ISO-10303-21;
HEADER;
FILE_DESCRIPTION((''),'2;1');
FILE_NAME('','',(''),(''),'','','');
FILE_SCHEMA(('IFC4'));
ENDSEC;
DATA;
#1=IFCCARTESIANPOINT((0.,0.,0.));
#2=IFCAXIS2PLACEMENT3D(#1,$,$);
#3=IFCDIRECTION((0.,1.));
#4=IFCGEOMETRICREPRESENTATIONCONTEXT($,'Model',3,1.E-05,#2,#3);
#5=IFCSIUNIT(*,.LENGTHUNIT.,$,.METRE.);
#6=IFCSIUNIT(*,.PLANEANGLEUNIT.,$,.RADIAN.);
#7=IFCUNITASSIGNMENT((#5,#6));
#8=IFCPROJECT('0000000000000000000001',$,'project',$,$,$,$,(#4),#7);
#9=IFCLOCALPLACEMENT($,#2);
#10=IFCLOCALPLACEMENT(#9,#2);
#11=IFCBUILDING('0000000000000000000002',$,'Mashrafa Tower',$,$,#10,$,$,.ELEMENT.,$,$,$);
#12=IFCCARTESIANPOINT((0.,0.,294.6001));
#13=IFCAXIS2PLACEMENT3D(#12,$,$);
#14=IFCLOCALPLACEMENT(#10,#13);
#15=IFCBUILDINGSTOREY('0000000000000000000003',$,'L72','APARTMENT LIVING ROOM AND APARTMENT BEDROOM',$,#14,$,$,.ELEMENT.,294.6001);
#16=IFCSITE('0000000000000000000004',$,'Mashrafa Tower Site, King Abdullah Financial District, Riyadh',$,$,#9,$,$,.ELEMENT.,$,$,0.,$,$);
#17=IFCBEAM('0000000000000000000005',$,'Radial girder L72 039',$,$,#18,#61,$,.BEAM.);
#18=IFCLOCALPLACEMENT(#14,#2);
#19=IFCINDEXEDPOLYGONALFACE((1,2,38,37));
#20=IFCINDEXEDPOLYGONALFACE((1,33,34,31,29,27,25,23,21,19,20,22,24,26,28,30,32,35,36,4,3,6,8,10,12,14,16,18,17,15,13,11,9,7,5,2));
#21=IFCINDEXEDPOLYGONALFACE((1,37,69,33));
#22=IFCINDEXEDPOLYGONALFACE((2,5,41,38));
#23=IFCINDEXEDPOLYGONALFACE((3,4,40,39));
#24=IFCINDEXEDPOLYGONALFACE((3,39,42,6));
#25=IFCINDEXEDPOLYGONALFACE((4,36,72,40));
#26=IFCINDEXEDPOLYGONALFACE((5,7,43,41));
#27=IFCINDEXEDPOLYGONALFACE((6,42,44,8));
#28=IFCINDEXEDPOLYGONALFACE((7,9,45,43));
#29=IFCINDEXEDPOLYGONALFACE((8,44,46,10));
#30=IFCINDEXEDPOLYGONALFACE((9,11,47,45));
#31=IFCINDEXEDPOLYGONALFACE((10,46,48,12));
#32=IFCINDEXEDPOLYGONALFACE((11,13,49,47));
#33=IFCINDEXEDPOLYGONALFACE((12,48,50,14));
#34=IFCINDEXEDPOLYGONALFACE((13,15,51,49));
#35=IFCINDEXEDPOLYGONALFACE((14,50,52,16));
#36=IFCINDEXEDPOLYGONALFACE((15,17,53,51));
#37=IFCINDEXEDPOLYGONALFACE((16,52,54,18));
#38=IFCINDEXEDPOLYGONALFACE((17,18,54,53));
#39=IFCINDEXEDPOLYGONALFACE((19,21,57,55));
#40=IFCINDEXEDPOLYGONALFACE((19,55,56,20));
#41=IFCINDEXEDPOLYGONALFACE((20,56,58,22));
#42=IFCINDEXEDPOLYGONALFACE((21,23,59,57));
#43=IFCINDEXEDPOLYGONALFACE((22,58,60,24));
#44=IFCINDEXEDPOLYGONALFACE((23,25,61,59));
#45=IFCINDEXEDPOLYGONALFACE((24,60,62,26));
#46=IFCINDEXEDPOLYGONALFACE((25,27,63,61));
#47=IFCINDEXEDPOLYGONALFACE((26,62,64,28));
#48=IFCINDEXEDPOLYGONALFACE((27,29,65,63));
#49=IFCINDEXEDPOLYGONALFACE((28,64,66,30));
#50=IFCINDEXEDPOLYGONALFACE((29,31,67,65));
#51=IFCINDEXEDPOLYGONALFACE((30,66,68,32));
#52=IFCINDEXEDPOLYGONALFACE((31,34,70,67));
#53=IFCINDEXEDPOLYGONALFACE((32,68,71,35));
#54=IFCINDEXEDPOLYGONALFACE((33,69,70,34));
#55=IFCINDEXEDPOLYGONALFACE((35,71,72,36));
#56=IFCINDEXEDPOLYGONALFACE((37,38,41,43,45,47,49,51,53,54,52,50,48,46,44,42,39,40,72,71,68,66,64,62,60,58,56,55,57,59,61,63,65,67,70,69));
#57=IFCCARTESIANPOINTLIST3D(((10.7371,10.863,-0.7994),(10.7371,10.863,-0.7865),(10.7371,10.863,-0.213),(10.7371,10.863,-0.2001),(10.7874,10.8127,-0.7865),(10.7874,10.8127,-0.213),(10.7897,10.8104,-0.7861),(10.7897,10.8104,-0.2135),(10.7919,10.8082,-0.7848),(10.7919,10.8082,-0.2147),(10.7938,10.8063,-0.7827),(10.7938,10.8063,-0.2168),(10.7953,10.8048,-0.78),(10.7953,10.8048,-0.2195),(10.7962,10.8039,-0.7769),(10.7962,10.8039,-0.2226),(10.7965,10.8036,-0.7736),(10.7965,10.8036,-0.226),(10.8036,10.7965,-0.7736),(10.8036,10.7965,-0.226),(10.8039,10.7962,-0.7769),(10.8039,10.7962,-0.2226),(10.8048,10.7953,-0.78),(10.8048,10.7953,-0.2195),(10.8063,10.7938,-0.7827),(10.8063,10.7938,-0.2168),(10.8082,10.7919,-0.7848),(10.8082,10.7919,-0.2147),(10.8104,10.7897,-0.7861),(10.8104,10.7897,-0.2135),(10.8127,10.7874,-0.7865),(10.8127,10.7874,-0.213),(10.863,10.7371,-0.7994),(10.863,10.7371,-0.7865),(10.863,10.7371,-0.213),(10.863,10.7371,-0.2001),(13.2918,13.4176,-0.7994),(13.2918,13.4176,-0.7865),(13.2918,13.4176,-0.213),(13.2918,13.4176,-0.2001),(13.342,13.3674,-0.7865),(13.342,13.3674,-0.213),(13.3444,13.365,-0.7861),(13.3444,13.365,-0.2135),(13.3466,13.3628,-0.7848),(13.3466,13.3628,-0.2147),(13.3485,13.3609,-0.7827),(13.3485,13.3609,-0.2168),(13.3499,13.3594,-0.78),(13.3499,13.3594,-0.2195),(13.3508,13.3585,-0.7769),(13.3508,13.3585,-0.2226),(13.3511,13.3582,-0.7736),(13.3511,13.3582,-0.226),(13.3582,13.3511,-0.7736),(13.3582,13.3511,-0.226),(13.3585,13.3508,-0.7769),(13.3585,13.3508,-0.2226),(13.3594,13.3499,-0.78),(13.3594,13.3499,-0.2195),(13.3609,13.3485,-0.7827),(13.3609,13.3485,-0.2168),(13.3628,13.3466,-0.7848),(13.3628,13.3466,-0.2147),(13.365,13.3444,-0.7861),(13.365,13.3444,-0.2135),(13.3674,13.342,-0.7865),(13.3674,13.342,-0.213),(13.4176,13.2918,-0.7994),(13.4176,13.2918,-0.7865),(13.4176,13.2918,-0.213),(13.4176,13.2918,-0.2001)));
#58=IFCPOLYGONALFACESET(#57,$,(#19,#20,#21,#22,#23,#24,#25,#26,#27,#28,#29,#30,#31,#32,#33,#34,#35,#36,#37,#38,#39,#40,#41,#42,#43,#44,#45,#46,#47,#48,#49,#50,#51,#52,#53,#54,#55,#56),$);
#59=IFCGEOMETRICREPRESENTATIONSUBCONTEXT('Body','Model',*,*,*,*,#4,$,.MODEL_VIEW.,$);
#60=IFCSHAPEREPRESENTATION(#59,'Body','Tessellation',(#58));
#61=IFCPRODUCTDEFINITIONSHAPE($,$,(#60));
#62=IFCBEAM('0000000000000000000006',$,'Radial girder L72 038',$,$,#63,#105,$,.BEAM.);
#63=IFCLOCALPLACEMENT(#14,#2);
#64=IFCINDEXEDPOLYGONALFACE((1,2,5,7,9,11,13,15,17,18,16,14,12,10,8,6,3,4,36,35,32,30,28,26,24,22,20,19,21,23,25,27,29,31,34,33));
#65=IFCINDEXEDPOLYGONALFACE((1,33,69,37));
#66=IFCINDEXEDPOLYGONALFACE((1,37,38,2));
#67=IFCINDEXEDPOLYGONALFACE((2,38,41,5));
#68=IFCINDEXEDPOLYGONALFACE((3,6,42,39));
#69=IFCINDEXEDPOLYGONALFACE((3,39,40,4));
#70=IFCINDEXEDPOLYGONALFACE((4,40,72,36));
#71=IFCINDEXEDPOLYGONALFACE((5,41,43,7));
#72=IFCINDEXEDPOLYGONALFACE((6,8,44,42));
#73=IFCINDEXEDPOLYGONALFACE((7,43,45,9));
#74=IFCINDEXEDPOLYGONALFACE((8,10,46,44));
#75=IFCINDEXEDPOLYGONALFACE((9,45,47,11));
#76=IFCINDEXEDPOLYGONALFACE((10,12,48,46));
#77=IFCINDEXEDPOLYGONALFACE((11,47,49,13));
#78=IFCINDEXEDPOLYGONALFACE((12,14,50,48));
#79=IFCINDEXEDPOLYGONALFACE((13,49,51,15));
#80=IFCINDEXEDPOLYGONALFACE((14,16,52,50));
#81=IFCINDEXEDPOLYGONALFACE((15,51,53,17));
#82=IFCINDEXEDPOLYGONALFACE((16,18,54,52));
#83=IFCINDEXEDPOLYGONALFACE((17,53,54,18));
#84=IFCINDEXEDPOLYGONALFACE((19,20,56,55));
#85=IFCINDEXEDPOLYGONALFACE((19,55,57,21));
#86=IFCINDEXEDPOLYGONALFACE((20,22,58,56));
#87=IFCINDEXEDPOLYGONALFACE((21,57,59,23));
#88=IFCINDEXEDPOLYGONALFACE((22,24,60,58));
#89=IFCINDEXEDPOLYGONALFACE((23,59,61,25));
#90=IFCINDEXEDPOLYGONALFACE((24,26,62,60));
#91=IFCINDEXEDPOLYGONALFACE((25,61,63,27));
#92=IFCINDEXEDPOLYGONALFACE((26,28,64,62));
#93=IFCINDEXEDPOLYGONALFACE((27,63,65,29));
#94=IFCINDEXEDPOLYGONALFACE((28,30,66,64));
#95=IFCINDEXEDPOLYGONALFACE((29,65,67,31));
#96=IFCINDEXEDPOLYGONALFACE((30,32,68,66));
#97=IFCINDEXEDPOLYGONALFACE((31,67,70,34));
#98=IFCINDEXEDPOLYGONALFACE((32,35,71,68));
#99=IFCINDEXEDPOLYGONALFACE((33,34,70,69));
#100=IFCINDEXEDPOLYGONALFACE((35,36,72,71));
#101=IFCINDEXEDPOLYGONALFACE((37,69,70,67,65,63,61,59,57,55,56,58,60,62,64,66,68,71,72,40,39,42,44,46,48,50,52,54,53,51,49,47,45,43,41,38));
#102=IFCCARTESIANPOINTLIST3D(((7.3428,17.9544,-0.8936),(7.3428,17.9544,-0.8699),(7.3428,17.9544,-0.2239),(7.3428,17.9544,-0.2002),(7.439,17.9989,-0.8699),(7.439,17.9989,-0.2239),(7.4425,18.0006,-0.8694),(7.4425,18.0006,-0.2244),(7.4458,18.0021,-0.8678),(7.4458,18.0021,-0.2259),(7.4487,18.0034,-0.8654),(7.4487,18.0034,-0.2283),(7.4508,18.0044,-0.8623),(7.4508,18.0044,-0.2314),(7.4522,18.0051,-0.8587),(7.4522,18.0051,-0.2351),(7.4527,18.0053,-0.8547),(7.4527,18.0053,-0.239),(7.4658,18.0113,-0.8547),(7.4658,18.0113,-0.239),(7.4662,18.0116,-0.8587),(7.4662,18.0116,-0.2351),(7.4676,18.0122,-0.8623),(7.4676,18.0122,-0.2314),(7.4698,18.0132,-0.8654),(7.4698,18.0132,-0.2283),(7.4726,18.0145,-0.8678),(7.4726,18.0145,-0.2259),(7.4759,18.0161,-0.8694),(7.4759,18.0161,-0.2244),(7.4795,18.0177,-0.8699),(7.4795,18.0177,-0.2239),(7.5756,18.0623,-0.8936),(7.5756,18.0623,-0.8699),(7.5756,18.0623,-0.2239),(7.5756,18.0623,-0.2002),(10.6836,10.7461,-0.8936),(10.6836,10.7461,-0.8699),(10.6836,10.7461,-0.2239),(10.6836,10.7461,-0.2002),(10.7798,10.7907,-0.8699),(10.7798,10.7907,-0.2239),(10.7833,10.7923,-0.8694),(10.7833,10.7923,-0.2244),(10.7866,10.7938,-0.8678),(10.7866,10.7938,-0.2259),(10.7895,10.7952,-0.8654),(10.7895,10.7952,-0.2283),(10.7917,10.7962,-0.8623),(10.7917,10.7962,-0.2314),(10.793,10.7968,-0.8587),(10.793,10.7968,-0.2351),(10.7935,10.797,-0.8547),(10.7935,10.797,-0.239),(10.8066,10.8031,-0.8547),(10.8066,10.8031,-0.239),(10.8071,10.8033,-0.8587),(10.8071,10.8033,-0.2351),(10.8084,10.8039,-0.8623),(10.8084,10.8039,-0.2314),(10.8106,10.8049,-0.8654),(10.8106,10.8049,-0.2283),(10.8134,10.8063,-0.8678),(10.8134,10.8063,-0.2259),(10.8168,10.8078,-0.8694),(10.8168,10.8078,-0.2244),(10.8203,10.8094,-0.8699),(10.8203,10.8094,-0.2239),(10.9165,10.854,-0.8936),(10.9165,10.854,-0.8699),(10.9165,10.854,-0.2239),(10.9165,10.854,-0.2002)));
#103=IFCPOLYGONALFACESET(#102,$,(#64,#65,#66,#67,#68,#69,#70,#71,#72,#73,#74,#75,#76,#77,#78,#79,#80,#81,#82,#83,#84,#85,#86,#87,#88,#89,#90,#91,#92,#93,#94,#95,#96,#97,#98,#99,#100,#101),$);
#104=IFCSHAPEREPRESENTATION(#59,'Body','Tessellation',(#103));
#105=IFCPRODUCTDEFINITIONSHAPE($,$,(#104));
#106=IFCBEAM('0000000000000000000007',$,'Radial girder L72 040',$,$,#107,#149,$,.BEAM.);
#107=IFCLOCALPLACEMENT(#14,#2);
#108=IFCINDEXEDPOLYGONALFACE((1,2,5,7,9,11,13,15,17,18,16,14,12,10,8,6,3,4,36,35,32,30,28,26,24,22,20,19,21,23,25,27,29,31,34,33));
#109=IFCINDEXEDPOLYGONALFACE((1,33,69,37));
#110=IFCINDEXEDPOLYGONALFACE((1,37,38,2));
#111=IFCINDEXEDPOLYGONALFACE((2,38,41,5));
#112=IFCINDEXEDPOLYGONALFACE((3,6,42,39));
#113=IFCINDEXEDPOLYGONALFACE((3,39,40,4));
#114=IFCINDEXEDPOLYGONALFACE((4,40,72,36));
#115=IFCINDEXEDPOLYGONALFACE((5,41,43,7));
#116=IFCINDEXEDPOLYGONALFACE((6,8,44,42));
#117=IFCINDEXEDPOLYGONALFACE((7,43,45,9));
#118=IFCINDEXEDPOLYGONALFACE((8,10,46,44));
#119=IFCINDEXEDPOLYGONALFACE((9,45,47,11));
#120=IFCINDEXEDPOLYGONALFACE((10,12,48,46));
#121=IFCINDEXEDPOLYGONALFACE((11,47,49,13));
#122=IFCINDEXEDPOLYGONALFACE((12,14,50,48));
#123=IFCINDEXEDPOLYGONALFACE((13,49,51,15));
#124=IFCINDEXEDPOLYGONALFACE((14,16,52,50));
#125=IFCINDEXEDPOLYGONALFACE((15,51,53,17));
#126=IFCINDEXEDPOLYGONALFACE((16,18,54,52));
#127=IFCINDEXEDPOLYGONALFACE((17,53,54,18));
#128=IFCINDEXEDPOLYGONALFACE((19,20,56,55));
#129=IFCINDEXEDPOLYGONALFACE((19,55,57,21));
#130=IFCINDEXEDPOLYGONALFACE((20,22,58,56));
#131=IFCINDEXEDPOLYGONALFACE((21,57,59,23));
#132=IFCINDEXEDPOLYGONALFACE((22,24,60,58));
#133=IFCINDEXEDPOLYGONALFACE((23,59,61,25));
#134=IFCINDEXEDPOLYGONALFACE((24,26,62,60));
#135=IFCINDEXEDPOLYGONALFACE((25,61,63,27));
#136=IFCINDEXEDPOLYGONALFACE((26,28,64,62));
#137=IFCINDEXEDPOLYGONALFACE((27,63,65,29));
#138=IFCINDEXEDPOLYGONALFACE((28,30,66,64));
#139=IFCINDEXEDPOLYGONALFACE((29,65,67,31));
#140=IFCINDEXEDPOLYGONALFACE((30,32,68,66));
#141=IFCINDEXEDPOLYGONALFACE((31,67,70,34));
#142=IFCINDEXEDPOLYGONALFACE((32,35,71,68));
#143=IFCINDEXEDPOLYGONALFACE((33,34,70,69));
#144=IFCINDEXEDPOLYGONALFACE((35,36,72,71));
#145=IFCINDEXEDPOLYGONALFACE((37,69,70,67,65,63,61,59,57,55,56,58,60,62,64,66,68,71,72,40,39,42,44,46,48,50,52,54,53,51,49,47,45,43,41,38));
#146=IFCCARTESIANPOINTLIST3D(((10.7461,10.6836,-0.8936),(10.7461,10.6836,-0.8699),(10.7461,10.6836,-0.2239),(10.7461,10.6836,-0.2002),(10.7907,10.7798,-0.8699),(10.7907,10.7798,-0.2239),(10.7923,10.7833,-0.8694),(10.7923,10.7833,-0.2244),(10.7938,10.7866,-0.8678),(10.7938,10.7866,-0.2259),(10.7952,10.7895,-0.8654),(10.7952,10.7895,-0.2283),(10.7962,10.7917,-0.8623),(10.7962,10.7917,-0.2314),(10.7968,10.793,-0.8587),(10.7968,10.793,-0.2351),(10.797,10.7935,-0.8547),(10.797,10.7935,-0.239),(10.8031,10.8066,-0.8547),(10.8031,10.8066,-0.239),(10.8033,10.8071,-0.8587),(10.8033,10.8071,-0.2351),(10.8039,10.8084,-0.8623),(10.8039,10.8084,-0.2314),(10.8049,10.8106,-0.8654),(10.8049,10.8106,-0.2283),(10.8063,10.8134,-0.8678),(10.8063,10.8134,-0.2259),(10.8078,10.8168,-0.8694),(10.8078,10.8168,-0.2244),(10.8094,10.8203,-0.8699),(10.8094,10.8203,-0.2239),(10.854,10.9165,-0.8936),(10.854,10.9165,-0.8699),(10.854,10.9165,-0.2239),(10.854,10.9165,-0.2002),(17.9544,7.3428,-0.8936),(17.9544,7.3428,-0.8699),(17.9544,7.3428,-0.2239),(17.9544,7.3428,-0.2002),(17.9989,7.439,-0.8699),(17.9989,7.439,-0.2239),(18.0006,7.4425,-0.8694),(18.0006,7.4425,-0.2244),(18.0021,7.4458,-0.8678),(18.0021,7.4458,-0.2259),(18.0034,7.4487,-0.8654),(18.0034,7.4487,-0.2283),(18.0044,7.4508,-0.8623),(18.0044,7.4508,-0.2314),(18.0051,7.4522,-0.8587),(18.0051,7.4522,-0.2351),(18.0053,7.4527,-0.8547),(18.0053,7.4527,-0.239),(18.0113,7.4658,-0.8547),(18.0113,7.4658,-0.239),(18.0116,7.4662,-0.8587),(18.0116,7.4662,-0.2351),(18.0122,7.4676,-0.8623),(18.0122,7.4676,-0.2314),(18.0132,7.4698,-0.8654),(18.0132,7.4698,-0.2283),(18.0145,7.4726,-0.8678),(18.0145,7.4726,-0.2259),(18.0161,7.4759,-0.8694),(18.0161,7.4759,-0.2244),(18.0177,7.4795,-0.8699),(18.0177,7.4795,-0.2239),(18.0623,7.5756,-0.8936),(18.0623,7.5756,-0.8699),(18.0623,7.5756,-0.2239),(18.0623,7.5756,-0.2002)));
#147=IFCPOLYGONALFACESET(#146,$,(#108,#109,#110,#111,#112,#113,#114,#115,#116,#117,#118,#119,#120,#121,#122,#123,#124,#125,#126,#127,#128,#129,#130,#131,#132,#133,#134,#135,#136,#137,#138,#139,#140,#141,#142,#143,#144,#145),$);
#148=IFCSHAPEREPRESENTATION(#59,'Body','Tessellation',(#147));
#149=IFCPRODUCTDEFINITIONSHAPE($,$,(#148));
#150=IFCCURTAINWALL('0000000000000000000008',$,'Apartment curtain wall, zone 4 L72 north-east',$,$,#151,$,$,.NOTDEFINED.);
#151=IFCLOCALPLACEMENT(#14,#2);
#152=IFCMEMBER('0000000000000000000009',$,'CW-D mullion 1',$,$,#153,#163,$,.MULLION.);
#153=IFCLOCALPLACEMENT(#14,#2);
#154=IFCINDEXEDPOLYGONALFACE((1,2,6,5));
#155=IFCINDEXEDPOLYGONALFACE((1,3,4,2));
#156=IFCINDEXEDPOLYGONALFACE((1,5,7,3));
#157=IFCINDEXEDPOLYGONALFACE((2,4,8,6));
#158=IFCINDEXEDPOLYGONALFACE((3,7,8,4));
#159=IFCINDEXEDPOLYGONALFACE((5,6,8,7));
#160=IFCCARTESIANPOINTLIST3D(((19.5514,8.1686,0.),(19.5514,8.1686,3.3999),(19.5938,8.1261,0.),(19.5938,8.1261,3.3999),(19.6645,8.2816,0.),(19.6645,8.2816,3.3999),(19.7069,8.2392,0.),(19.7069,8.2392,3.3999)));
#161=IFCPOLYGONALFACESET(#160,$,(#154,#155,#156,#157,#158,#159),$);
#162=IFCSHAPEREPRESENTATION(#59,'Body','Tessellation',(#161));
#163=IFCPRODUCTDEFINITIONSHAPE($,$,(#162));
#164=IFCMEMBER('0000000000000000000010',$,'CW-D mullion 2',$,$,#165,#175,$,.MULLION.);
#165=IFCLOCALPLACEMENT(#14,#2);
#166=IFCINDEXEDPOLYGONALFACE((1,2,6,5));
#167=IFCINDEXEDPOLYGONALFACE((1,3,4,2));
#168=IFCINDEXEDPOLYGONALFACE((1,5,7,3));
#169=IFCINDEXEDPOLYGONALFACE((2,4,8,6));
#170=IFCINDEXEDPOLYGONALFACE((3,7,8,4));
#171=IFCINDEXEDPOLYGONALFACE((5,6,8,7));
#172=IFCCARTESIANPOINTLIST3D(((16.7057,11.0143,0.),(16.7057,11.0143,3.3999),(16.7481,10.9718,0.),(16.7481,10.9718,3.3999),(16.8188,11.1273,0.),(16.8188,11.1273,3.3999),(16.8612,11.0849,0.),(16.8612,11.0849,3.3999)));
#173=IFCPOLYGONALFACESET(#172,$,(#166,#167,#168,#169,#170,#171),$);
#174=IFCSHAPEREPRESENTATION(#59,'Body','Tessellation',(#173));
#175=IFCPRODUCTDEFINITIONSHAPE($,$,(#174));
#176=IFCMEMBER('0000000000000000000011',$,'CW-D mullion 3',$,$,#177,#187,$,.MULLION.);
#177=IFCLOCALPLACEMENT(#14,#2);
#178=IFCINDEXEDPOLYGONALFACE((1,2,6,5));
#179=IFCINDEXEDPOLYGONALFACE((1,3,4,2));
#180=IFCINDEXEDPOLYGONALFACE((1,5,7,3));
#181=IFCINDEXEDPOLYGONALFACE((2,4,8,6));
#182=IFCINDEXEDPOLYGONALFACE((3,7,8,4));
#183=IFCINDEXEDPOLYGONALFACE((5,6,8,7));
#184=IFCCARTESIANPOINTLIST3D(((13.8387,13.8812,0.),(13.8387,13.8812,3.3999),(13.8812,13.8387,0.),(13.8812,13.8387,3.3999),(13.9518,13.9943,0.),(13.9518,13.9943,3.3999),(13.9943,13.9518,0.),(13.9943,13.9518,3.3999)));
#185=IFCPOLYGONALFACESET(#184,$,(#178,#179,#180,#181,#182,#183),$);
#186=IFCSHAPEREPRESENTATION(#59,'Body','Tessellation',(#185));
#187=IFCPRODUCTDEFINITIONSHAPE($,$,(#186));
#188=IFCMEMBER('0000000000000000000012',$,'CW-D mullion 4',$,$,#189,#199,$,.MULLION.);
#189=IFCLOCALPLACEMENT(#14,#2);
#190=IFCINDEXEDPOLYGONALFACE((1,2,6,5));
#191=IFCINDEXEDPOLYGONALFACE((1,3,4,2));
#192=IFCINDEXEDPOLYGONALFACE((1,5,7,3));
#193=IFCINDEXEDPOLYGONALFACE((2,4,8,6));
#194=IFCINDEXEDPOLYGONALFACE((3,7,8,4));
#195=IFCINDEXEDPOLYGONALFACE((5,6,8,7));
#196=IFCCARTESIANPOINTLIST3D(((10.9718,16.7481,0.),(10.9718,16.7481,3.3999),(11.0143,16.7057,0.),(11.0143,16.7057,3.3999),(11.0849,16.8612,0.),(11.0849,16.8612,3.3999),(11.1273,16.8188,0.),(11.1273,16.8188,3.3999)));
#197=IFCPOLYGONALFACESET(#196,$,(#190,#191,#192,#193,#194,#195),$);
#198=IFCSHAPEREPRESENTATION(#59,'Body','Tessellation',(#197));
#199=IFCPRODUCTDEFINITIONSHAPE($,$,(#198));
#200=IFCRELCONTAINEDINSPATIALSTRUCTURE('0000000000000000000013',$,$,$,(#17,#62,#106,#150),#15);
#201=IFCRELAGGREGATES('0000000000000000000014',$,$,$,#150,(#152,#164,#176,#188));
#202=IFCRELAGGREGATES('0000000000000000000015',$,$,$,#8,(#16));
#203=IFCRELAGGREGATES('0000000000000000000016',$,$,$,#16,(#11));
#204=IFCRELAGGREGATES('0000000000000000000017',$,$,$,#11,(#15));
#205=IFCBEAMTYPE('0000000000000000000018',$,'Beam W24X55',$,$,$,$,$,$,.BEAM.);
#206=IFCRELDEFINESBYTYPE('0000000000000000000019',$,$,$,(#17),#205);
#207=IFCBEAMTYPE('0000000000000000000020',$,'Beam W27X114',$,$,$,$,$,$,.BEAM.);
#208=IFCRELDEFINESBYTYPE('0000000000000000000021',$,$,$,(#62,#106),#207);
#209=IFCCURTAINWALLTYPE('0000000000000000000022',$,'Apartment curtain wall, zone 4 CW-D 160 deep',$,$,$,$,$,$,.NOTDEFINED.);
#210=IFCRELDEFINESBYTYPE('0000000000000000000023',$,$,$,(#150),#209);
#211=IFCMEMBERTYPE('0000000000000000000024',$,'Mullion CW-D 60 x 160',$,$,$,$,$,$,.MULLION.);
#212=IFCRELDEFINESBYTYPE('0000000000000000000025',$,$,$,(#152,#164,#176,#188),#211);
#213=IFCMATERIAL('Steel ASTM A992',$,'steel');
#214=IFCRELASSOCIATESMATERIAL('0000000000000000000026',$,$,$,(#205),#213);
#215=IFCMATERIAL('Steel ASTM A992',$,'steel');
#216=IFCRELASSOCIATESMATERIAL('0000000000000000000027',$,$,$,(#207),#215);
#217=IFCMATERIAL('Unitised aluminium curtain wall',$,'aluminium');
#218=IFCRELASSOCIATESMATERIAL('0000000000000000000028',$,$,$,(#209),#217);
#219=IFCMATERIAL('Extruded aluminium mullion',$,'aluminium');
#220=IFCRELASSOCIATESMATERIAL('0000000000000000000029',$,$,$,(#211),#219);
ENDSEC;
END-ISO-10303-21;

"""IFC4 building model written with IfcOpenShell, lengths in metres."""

from ifc_helpers import new_model, si_unit, direction, frame, origin, origin_2d, place, context, subcontext, project, spatial, rectangle, i_section, extrude, source, transform, mapped, material, material_profile, profile_set, type_object, type_shapes, element, aggregate, save


model = new_model("IFC4")

# Units and contexts
model_context = context("Model", 3, precision=1e-05, world=origin(), true_north=direction((0.0, 1.0)))
body_context = subcontext(model_context, "Body", "Model", "MODEL_VIEW")
ifc_project = project(units=[si_unit("LENGTHUNIT", "METRE"), si_unit("PLANEANGLEUNIT", "RADIAN")], contexts=[model_context])

# Site, building, storey
site_placement = place(None, origin())
site = spatial("IfcSite", under=ifc_project, at=site_placement, Name="Mashrafa Tower Site, King Abdullah Financial District, Riyadh", CompositionType="ELEMENT", RefElevation=0.0)
building_placement = place(site_placement, origin())
building = spatial("IfcBuilding", under=site, at=building_placement, Name="Mashrafa Tower", CompositionType="ELEMENT")
storey_placement = place(building_placement, frame((0.0, 0.0, 294.6001)))
storey = spatial("IfcBuildingStorey", under=building, at=storey_placement, Name="L72", Description="APARTMENT LIVING ROOM AND APARTMENT BEDROOM", CompositionType="ELEMENT", Elevation=294.6001)

# Beams
ifc_material_1 = material(Name="Steel ASTM A992", Category="steel")
ifc_material_profile_1 = material_profile(ifc_material_1, i_section(OverallWidth=0.178, OverallDepth=0.5994, WebThickness=0.01, FlangeThickness=0.0129, FilletRadius=0.0129, at=origin_2d()), Name="W24X55")
ifc_profile_set_1 = profile_set([ifc_material_profile_1], Name="Steel ASTM A992")
beam_type_1 = type_object("IfcBeamType", Name="Beam W24X55", PredefinedType="BEAM", material=ifc_profile_set_1)
beam_1_placement = place(storey_placement, frame((10.8, 10.8, -0.4998), z_axis=(0.707107, 0.707107, 0.0), x_axis=(-0.707107, 0.707107, 0.0)))
element("IfcBeam", 1, at=beam_1_placement, inside=storey, type_object=beam_type_1, Name="Radial girder L72 039", PredefinedType="BEAM", context=body_context, shape_type="SweptSolid", body=[
    extrude(i_section(OverallWidth=0.178, OverallDepth=0.5994, WebThickness=0.01, FlangeThickness=0.0129, FilletRadius=0.0129, at=origin_2d()), origin(), (0.0, 0.0, 1.0), 3.6128),
])
ifc_material_2 = material(Name="Steel ASTM A992", Category="steel")
ifc_material_profile_2 = material_profile(ifc_material_2, i_section(OverallWidth=0.2566, OverallDepth=0.6934, WebThickness=0.0144, FlangeThickness=0.0237, FilletRadius=0.0151, at=origin_2d()), Name="W27X114")
ifc_profile_set_2 = profile_set([ifc_material_profile_2], Name="Steel ASTM A992")
beam_type_2 = type_object("IfcBeamType", Name="Beam W27X114", PredefinedType="BEAM", material=ifc_profile_set_2)
for number, where, z_axis, x_axis, name in (
    (2, (10.8, 10.8, -0.5469), (-0.420504, 0.907291, 0.0), (-0.907291, -0.420504, 0.0), "Radial girder L72 038"),
    (3, (10.8, 10.8, -0.5469), (0.907291, -0.420504, 0.0), (0.420504, 0.907291, 0.0), "Radial girder L72 040"),
):
    element("IfcBeam", number, at=place(storey_placement, frame(where, z_axis=z_axis, x_axis=x_axis)), inside=storey, type_object=beam_type_2, Name=name, PredefinedType="BEAM", context=body_context, shape_type="SweptSolid", body=[
        extrude(i_section(OverallWidth=0.2566, OverallDepth=0.6934, WebThickness=0.0144, FlangeThickness=0.0237, FilletRadius=0.0151, at=origin_2d()), origin(), (0.0, 0.0, 1.0), 7.9448),
    ])

# Curtain wall, members
ifc_material_3 = material(Name="Unitised aluminium curtain wall", Category="aluminium")
curtain_wall_type = type_object("IfcCurtainWallType", Name="Apartment curtain wall, zone 4 CW-D 160 deep", PredefinedType="NOTDEFINED", material=ifc_material_3)
curtain_wall_placement = place(storey_placement, origin())
curtain_wall = element("IfcCurtainWall", 4, at=curtain_wall_placement, inside=storey, type_object=curtain_wall_type, Name="Apartment curtain wall, zone 4 L72 north-east", PredefinedType="NOTDEFINED")
ifc_material_4 = material(Name="Extruded aluminium mullion", Category="aluminium")
ifc_material_profile_3 = material_profile(ifc_material_4, rectangle(XDim=0.1599, YDim=0.0601, at=origin_2d()), Name="Mullion 60x160")
ifc_profile_set_3 = profile_set([ifc_material_profile_3], Name="Extruded aluminium mullion")
member_type_1 = type_object("IfcMemberType", Name="Mullion CW-D 60 x 160", PredefinedType="MULLION", material=ifc_profile_set_3)
shared_shape_1 = source(origin(), body_context, "Body", "SweptSolid", [
    extrude(rectangle(XDim=0.1599, YDim=0.0601, at=origin_2d()), origin(), (0.0, 0.0, 1.0), 3.3999),
])
type_shapes(member_type_1, [shared_shape_1])
member_1_placement = place(storey_placement, frame((19.6292, 8.2039, 0.0), z_axis=(0.0, 0.0, 1.0), x_axis=(-0.707107, -0.707107, 0.0)))
member_1 = element("IfcMember", 5, at=member_1_placement, type_object=member_type_1, Name="CW-D mullion 1", PredefinedType="MULLION", context=body_context, shape_type="MappedRepresentation", body=[
    mapped(shared_shape_1, transform((0.0, 0.0, 0.0))),
])
member_2_placement = place(storey_placement, frame((16.7834, 11.0496, 0.0), z_axis=(0.0, 0.0, 1.0), x_axis=(-0.707107, -0.707107, 0.0)))
member_2 = element("IfcMember", 6, at=member_2_placement, type_object=member_type_1, Name="CW-D mullion 2", PredefinedType="MULLION", context=body_context, shape_type="MappedRepresentation", body=[
    mapped(shared_shape_1, transform((0.0, 0.0, 0.0))),
])
member_3_placement = place(storey_placement, frame((13.9165, 13.9165, 0.0), z_axis=(0.0, 0.0, 1.0), x_axis=(-0.707107, -0.707107, 0.0)))
member_3 = element("IfcMember", 7, at=member_3_placement, type_object=member_type_1, Name="CW-D mullion 3", PredefinedType="MULLION", context=body_context, shape_type="MappedRepresentation", body=[
    mapped(shared_shape_1, transform((0.0, 0.0, 0.0))),
])
member_4_placement = place(storey_placement, frame((11.0496, 16.7834, 0.0), z_axis=(0.0, 0.0, 1.0), x_axis=(-0.707107, -0.707107, 0.0)))
member_4 = element("IfcMember", 8, at=member_4_placement, type_object=member_type_1, Name="CW-D mullion 4", PredefinedType="MULLION", context=body_context, shape_type="MappedRepresentation", body=[
    mapped(shared_shape_1, transform((0.0, 0.0, 0.0))),
])
aggregate(curtain_wall, [member_1, member_2, member_3, member_4])

save(model, "model.ifc")
